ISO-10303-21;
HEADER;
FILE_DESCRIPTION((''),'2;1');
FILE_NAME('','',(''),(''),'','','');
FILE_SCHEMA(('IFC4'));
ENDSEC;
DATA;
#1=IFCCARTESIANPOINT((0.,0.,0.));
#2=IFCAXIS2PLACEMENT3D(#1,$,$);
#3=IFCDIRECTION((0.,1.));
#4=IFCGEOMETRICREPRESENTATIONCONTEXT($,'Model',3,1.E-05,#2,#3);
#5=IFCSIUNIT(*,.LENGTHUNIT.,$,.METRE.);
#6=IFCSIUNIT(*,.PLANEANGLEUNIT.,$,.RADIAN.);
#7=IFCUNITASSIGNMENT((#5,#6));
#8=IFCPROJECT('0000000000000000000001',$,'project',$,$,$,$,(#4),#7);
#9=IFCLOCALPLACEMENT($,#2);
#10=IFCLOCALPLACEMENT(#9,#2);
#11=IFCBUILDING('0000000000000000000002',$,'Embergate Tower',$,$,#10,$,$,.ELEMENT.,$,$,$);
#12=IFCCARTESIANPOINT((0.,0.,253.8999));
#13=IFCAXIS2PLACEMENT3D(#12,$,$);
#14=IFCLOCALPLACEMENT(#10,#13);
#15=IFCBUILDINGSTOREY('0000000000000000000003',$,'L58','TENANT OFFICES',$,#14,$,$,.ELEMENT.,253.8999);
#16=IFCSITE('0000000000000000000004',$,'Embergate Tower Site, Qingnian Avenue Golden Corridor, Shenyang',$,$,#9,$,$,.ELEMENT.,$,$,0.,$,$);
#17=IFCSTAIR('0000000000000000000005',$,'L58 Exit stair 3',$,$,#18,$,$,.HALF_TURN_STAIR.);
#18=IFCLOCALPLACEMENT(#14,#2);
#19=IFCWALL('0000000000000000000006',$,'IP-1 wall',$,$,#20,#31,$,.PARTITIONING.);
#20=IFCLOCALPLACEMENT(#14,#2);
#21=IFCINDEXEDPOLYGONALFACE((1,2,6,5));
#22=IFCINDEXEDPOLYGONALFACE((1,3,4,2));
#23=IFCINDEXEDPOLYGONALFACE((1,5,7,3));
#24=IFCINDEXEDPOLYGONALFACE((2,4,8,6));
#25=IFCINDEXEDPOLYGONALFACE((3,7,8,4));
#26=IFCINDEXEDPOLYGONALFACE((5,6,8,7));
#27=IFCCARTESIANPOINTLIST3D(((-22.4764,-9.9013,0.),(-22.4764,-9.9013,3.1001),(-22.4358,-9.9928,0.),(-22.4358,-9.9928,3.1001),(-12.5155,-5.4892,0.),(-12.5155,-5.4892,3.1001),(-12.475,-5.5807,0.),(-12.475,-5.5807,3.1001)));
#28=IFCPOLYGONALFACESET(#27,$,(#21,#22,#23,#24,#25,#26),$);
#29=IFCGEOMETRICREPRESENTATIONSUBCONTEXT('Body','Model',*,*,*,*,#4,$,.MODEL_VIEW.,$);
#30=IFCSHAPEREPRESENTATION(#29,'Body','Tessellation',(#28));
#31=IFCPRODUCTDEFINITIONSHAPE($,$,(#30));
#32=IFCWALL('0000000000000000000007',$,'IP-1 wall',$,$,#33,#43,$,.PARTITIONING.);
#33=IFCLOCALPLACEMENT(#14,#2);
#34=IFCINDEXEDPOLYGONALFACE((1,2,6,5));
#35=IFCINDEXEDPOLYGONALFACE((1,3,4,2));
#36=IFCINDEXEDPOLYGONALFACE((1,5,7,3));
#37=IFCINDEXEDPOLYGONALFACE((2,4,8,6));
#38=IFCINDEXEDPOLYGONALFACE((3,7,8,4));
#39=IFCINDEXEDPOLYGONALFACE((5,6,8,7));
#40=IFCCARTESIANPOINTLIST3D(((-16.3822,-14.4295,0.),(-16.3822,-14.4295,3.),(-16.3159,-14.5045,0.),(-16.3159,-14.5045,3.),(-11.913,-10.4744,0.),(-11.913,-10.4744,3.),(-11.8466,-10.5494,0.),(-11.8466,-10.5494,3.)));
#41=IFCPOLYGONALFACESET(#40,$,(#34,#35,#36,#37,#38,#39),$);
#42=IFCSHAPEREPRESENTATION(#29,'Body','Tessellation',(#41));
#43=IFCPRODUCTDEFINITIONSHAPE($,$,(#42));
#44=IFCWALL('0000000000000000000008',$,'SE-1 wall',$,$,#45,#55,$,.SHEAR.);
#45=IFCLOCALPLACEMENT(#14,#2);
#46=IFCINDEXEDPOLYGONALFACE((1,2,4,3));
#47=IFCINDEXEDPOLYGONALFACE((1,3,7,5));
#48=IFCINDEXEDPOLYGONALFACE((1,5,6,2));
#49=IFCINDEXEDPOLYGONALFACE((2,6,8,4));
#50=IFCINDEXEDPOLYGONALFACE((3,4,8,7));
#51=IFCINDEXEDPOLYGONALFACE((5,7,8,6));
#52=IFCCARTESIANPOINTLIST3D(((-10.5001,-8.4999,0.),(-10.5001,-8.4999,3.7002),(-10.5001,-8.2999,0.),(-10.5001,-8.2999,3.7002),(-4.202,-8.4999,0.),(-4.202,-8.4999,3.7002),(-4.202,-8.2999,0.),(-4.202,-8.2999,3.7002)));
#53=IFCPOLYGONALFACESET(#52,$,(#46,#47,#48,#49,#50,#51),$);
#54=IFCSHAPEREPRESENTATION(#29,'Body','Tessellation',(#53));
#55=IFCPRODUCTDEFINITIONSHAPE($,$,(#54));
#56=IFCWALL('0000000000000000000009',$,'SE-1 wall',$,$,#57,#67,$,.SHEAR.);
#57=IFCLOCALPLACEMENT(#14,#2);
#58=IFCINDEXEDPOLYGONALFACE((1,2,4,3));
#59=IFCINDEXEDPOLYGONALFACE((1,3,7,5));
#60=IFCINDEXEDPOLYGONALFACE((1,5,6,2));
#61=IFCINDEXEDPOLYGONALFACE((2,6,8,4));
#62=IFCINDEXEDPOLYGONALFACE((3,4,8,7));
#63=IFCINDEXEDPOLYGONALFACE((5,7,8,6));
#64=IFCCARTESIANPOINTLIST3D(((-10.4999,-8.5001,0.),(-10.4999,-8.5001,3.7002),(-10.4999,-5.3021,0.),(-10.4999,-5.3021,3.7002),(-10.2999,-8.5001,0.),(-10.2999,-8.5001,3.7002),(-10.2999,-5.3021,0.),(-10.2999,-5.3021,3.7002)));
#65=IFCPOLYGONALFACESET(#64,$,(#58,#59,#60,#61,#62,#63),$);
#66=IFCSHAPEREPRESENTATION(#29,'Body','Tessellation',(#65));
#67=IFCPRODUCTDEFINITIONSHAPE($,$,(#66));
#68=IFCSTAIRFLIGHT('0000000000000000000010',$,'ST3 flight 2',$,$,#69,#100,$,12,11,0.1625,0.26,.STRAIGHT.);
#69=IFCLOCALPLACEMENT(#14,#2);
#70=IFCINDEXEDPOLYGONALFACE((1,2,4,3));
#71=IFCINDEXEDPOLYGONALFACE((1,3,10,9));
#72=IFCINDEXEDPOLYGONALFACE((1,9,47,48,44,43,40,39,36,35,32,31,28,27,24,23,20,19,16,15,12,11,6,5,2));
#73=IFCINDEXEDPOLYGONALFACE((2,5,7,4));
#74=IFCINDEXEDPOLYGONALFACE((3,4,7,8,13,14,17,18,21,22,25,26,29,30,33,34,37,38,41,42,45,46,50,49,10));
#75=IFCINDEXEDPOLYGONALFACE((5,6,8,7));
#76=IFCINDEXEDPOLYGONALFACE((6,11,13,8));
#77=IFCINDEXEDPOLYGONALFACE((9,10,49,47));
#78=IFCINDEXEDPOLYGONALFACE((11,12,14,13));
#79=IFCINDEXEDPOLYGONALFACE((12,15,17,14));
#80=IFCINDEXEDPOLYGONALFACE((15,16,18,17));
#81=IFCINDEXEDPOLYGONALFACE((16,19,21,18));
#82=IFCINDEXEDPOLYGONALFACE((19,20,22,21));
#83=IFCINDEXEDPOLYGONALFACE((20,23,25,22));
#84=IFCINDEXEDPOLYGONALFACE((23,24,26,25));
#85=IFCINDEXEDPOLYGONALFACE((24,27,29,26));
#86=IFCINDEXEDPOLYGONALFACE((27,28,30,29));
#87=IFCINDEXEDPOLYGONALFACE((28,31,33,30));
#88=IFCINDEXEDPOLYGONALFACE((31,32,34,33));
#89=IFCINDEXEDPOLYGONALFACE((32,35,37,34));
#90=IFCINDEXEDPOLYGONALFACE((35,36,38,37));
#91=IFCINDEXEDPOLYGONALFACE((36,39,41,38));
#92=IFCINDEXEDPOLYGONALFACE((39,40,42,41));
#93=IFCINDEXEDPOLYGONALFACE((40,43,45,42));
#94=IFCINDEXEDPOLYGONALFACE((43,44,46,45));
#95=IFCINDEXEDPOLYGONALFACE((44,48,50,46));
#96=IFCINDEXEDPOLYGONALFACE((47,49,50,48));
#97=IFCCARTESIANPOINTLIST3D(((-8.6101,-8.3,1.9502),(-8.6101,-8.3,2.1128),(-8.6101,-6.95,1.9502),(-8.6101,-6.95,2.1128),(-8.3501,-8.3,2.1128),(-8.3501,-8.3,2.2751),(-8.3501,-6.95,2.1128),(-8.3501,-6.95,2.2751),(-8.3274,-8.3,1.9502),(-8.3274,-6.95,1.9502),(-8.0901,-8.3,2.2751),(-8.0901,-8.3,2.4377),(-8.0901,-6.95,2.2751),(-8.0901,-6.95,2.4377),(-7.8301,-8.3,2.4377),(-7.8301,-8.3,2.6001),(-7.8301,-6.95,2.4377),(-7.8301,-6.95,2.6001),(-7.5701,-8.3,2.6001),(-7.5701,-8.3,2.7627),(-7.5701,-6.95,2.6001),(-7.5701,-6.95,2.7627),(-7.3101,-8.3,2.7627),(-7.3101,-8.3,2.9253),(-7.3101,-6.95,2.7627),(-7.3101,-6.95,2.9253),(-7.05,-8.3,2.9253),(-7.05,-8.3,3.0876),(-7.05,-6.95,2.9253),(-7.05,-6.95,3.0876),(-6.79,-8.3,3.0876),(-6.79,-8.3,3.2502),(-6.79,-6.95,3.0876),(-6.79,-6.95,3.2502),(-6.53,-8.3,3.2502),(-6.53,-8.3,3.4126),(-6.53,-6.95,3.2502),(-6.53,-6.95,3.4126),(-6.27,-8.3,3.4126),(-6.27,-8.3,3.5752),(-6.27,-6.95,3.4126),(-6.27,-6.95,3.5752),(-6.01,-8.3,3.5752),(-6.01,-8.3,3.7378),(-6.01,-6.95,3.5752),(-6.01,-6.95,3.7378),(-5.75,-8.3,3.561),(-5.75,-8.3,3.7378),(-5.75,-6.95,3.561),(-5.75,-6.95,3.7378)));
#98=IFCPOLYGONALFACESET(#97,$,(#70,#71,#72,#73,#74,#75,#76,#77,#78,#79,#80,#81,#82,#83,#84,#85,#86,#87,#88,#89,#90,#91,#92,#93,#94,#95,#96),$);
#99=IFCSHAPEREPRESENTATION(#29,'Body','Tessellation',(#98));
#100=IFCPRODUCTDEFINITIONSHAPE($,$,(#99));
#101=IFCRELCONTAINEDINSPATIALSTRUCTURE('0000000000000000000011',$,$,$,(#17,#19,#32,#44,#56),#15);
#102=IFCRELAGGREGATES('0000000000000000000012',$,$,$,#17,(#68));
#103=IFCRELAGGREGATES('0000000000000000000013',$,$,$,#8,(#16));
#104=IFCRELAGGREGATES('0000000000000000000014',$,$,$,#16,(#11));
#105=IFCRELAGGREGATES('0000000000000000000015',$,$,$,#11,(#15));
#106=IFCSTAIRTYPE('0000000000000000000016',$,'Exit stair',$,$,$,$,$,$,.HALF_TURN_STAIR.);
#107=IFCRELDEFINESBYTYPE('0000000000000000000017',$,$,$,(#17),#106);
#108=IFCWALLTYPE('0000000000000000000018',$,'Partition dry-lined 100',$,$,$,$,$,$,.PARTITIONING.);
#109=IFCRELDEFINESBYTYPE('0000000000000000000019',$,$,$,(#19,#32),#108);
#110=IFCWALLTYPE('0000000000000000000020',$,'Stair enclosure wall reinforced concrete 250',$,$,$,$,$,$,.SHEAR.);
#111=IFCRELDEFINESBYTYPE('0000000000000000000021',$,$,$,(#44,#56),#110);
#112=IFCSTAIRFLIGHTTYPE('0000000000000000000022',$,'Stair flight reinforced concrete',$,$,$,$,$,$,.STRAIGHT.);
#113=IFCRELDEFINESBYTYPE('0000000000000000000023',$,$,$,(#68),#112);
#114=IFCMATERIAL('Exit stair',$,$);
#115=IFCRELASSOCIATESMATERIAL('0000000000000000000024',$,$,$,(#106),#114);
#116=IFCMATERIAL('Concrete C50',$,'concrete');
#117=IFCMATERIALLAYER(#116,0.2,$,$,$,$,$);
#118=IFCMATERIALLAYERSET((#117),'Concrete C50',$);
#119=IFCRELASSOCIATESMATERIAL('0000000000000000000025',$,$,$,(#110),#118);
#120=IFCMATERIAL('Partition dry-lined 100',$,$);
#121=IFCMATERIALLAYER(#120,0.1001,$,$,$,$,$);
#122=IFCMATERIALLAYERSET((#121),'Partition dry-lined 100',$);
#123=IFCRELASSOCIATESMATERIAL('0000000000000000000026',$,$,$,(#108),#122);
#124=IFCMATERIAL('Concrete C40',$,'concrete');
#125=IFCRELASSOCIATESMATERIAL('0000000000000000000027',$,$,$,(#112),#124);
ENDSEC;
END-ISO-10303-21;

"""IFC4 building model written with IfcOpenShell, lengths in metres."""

from ifc_helpers import new_model, si_unit, direction, frame, frame_2d, origin, place, context, subcontext, project, spatial, polyline, rectangle, outline, extrude, source, transform, mapped, material, layer, layer_set, type_object, element, aggregate, save


model = new_model("IFC4")

# Units and contexts
model_context = context("Model", 3, precision=1e-05, world=origin(), true_north=direction((0.0, 1.0)))
body_context = subcontext(model_context, "Body", "Model", "MODEL_VIEW")
ifc_project = project(units=[si_unit("LENGTHUNIT", "METRE"), si_unit("PLANEANGLEUNIT", "RADIAN")], contexts=[model_context])

# Site, building, storey
site_placement = place(None, origin())
site = spatial("IfcSite", under=ifc_project, at=site_placement, Name="Embergate Tower Site, Qingnian Avenue Golden Corridor, Shenyang", CompositionType="ELEMENT", RefElevation=0.0)
building_placement = place(site_placement, origin())
building = spatial("IfcBuilding", under=site, at=building_placement, Name="Embergate Tower", CompositionType="ELEMENT")
storey_placement = place(building_placement, frame((0.0, 0.0, 253.8999)))
storey = spatial("IfcBuildingStorey", under=building, at=storey_placement, Name="L58", Description="TENANT OFFICES", CompositionType="ELEMENT", Elevation=253.8999)

# Stair
ifc_material_1 = material(Name="Exit stair")
stair_type = type_object("IfcStairType", Name="Exit stair", PredefinedType="HALF_TURN_STAIR", material=ifc_material_1)
stair_placement = place(storey_placement, origin())
stair = element("IfcStair", 1, at=stair_placement, inside=storey, type_object=stair_type, Name="L58 Exit stair 3", PredefinedType="HALF_TURN_STAIR")
ifc_material_2 = material(Name="Concrete C40", Category="concrete")

# Shared definitions
ifc_material_3 = material(Name="Concrete C50", Category="concrete")

# Walls
ifc_layer_1 = layer(ifc_material_3, 0.2)
ifc_layer_set_1 = layer_set([ifc_layer_1], Name="Concrete C50")
wall_type_1 = type_object("IfcWallType", Name="Stair enclosure wall reinforced concrete 250", PredefinedType="SHEAR", material=ifc_layer_set_1)
ifc_material_4 = material(Name="Partition dry-lined 100")
ifc_layer_2 = layer(ifc_material_4, 0.1001)
ifc_layer_set_2 = layer_set([ifc_layer_2], Name="Partition dry-lined 100")
wall_type_2 = type_object("IfcWallType", Name="Partition dry-lined 100", PredefinedType="PARTITIONING", material=ifc_layer_set_2)
shared_shape_1 = source(origin(), body_context, "Body", "SweptSolid", [
    extrude(rectangle(XDim=10.8943, YDim=0.1001, at=frame_2d((5.4473, 0.0))), origin(), (0.0, 0.0, 1.0), 3.1001),
])
wall_1_placement = place(storey_placement, frame((-12.4951, -5.5349, 0.0), z_axis=(0.0, 0.0, 1.0), x_axis=(-0.914321, -0.40499, 0.0)))
element("IfcWall", 2, at=wall_1_placement, inside=storey, type_object=wall_type_2, Name="IP-1 wall", PredefinedType="PARTITIONING", context=body_context, shape_type="MappedRepresentation", body=[
    mapped(shared_shape_1, transform((0.0, 0.0, 0.0))),
])
shared_shape_2 = source(origin(), body_context, "Body", "SweptSolid", [
    extrude(rectangle(XDim=5.968, YDim=0.1001, at=frame_2d((2.9839, 0.0))), origin(), (0.0, 0.0, 1.0), 3.0),
])
wall_2_placement = place(storey_placement, frame((-11.8799, -10.512, 0.0), z_axis=(0.0, 0.0, 1.0), x_axis=(-0.74887, -0.662717, 0.0)))
element("IfcWall", 3, at=wall_2_placement, inside=storey, type_object=wall_type_2, Name="IP-1 wall", PredefinedType="PARTITIONING", context=body_context, shape_type="MappedRepresentation", body=[
    mapped(shared_shape_2, transform((0.0, 0.0, 0.0))),
])
shared_shape_3 = source(origin(), body_context, "Body", "SweptSolid", [
    extrude(rectangle(XDim=6.2981, YDim=0.2, at=frame_2d((3.1489, 0.0))), origin(), (0.0, 0.0, 1.0), 3.7002),
])
wall_3_placement = place(storey_placement, frame((-10.5, -8.3999, 0.0), z_axis=(0.0, 0.0, 1.0), x_axis=(1.0, 0.0, 0.0)))
element("IfcWall", 4, at=wall_3_placement, inside=storey, type_object=wall_type_1, Name="SE-1 wall", PredefinedType="SHEAR", context=body_context, shape_type="MappedRepresentation", body=[
    mapped(shared_shape_3, transform((0.0, 0.0, 0.0))),
])
shared_shape_4 = source(origin(), body_context, "Body", "SweptSolid", [
    extrude(rectangle(XDim=3.198, YDim=0.2, at=frame_2d((1.5991, 0.0))), origin(), (0.0, 0.0, 1.0), 3.7002),
])
wall_4_placement = place(storey_placement, frame((-10.3999, -5.302, 0.0), z_axis=(0.0, 0.0, 1.0), x_axis=(0.0, -1.0, 0.0)))
element("IfcWall", 5, at=wall_4_placement, inside=storey, type_object=wall_type_1, Name="SE-1 wall", PredefinedType="SHEAR", context=body_context, shape_type="MappedRepresentation", body=[
    mapped(shared_shape_4, transform((0.0, 0.0, 0.0))),
])

# Stair flight
stair_flight_type = type_object("IfcStairFlightType", Name="Stair flight reinforced concrete", PredefinedType="STRAIGHT", material=ifc_material_2)
shared_shape_5 = source(origin(), body_context, "Body", "SweptSolid", [
    extrude(outline(polyline([(0.0, 0.0), (0.0, 0.1626), (0.26, 0.1626), (0.26, 0.325), (0.52, 0.325), (0.52, 0.4875), (0.78, 0.4875), (0.78, 0.6499), (1.04, 0.6499), (1.04, 0.8125), (1.3, 0.8125), (1.3, 0.9751), (1.5601, 0.9751), (1.5601, 1.1375), (1.8201, 1.1375), (1.8201, 1.3), (2.0801, 1.3), (2.0801, 1.4624), (2.3401, 1.4624), (2.3401, 1.625), (2.6001, 1.625), (2.6001, 1.7876), (2.8601, 1.7876), (2.8601, 1.95), (2.8601, 1.6108), (0.2827, 0.0), (0.0, 0.0)])), frame((0.0, 0.675, 0.0), z_axis=(0.0, -1.0, 0.0), x_axis=(1.0, 0.0, 0.0)), (0.0, 0.0, 1.0), 1.3501),
])
stair_flight_placement = place(storey_placement, frame((-8.6101, -7.625, 1.9502), z_axis=(0.0, 0.0, 1.0), x_axis=(1.0, 0.0, 0.0)))
stair_flight = element("IfcStairFlight", 6, at=stair_flight_placement, type_object=stair_flight_type, Name="ST3 flight 2", NumberOfRisers=12, NumberOfTreads=11, PredefinedType="STRAIGHT", RiserHeight=0.1625, TreadLength=0.26, context=body_context, shape_type="MappedRepresentation", body=[
    mapped(shared_shape_5, transform((0.0, 0.0, 0.0))),
])
aggregate(stair, [stair_flight])

save(model, "model.ifc")
